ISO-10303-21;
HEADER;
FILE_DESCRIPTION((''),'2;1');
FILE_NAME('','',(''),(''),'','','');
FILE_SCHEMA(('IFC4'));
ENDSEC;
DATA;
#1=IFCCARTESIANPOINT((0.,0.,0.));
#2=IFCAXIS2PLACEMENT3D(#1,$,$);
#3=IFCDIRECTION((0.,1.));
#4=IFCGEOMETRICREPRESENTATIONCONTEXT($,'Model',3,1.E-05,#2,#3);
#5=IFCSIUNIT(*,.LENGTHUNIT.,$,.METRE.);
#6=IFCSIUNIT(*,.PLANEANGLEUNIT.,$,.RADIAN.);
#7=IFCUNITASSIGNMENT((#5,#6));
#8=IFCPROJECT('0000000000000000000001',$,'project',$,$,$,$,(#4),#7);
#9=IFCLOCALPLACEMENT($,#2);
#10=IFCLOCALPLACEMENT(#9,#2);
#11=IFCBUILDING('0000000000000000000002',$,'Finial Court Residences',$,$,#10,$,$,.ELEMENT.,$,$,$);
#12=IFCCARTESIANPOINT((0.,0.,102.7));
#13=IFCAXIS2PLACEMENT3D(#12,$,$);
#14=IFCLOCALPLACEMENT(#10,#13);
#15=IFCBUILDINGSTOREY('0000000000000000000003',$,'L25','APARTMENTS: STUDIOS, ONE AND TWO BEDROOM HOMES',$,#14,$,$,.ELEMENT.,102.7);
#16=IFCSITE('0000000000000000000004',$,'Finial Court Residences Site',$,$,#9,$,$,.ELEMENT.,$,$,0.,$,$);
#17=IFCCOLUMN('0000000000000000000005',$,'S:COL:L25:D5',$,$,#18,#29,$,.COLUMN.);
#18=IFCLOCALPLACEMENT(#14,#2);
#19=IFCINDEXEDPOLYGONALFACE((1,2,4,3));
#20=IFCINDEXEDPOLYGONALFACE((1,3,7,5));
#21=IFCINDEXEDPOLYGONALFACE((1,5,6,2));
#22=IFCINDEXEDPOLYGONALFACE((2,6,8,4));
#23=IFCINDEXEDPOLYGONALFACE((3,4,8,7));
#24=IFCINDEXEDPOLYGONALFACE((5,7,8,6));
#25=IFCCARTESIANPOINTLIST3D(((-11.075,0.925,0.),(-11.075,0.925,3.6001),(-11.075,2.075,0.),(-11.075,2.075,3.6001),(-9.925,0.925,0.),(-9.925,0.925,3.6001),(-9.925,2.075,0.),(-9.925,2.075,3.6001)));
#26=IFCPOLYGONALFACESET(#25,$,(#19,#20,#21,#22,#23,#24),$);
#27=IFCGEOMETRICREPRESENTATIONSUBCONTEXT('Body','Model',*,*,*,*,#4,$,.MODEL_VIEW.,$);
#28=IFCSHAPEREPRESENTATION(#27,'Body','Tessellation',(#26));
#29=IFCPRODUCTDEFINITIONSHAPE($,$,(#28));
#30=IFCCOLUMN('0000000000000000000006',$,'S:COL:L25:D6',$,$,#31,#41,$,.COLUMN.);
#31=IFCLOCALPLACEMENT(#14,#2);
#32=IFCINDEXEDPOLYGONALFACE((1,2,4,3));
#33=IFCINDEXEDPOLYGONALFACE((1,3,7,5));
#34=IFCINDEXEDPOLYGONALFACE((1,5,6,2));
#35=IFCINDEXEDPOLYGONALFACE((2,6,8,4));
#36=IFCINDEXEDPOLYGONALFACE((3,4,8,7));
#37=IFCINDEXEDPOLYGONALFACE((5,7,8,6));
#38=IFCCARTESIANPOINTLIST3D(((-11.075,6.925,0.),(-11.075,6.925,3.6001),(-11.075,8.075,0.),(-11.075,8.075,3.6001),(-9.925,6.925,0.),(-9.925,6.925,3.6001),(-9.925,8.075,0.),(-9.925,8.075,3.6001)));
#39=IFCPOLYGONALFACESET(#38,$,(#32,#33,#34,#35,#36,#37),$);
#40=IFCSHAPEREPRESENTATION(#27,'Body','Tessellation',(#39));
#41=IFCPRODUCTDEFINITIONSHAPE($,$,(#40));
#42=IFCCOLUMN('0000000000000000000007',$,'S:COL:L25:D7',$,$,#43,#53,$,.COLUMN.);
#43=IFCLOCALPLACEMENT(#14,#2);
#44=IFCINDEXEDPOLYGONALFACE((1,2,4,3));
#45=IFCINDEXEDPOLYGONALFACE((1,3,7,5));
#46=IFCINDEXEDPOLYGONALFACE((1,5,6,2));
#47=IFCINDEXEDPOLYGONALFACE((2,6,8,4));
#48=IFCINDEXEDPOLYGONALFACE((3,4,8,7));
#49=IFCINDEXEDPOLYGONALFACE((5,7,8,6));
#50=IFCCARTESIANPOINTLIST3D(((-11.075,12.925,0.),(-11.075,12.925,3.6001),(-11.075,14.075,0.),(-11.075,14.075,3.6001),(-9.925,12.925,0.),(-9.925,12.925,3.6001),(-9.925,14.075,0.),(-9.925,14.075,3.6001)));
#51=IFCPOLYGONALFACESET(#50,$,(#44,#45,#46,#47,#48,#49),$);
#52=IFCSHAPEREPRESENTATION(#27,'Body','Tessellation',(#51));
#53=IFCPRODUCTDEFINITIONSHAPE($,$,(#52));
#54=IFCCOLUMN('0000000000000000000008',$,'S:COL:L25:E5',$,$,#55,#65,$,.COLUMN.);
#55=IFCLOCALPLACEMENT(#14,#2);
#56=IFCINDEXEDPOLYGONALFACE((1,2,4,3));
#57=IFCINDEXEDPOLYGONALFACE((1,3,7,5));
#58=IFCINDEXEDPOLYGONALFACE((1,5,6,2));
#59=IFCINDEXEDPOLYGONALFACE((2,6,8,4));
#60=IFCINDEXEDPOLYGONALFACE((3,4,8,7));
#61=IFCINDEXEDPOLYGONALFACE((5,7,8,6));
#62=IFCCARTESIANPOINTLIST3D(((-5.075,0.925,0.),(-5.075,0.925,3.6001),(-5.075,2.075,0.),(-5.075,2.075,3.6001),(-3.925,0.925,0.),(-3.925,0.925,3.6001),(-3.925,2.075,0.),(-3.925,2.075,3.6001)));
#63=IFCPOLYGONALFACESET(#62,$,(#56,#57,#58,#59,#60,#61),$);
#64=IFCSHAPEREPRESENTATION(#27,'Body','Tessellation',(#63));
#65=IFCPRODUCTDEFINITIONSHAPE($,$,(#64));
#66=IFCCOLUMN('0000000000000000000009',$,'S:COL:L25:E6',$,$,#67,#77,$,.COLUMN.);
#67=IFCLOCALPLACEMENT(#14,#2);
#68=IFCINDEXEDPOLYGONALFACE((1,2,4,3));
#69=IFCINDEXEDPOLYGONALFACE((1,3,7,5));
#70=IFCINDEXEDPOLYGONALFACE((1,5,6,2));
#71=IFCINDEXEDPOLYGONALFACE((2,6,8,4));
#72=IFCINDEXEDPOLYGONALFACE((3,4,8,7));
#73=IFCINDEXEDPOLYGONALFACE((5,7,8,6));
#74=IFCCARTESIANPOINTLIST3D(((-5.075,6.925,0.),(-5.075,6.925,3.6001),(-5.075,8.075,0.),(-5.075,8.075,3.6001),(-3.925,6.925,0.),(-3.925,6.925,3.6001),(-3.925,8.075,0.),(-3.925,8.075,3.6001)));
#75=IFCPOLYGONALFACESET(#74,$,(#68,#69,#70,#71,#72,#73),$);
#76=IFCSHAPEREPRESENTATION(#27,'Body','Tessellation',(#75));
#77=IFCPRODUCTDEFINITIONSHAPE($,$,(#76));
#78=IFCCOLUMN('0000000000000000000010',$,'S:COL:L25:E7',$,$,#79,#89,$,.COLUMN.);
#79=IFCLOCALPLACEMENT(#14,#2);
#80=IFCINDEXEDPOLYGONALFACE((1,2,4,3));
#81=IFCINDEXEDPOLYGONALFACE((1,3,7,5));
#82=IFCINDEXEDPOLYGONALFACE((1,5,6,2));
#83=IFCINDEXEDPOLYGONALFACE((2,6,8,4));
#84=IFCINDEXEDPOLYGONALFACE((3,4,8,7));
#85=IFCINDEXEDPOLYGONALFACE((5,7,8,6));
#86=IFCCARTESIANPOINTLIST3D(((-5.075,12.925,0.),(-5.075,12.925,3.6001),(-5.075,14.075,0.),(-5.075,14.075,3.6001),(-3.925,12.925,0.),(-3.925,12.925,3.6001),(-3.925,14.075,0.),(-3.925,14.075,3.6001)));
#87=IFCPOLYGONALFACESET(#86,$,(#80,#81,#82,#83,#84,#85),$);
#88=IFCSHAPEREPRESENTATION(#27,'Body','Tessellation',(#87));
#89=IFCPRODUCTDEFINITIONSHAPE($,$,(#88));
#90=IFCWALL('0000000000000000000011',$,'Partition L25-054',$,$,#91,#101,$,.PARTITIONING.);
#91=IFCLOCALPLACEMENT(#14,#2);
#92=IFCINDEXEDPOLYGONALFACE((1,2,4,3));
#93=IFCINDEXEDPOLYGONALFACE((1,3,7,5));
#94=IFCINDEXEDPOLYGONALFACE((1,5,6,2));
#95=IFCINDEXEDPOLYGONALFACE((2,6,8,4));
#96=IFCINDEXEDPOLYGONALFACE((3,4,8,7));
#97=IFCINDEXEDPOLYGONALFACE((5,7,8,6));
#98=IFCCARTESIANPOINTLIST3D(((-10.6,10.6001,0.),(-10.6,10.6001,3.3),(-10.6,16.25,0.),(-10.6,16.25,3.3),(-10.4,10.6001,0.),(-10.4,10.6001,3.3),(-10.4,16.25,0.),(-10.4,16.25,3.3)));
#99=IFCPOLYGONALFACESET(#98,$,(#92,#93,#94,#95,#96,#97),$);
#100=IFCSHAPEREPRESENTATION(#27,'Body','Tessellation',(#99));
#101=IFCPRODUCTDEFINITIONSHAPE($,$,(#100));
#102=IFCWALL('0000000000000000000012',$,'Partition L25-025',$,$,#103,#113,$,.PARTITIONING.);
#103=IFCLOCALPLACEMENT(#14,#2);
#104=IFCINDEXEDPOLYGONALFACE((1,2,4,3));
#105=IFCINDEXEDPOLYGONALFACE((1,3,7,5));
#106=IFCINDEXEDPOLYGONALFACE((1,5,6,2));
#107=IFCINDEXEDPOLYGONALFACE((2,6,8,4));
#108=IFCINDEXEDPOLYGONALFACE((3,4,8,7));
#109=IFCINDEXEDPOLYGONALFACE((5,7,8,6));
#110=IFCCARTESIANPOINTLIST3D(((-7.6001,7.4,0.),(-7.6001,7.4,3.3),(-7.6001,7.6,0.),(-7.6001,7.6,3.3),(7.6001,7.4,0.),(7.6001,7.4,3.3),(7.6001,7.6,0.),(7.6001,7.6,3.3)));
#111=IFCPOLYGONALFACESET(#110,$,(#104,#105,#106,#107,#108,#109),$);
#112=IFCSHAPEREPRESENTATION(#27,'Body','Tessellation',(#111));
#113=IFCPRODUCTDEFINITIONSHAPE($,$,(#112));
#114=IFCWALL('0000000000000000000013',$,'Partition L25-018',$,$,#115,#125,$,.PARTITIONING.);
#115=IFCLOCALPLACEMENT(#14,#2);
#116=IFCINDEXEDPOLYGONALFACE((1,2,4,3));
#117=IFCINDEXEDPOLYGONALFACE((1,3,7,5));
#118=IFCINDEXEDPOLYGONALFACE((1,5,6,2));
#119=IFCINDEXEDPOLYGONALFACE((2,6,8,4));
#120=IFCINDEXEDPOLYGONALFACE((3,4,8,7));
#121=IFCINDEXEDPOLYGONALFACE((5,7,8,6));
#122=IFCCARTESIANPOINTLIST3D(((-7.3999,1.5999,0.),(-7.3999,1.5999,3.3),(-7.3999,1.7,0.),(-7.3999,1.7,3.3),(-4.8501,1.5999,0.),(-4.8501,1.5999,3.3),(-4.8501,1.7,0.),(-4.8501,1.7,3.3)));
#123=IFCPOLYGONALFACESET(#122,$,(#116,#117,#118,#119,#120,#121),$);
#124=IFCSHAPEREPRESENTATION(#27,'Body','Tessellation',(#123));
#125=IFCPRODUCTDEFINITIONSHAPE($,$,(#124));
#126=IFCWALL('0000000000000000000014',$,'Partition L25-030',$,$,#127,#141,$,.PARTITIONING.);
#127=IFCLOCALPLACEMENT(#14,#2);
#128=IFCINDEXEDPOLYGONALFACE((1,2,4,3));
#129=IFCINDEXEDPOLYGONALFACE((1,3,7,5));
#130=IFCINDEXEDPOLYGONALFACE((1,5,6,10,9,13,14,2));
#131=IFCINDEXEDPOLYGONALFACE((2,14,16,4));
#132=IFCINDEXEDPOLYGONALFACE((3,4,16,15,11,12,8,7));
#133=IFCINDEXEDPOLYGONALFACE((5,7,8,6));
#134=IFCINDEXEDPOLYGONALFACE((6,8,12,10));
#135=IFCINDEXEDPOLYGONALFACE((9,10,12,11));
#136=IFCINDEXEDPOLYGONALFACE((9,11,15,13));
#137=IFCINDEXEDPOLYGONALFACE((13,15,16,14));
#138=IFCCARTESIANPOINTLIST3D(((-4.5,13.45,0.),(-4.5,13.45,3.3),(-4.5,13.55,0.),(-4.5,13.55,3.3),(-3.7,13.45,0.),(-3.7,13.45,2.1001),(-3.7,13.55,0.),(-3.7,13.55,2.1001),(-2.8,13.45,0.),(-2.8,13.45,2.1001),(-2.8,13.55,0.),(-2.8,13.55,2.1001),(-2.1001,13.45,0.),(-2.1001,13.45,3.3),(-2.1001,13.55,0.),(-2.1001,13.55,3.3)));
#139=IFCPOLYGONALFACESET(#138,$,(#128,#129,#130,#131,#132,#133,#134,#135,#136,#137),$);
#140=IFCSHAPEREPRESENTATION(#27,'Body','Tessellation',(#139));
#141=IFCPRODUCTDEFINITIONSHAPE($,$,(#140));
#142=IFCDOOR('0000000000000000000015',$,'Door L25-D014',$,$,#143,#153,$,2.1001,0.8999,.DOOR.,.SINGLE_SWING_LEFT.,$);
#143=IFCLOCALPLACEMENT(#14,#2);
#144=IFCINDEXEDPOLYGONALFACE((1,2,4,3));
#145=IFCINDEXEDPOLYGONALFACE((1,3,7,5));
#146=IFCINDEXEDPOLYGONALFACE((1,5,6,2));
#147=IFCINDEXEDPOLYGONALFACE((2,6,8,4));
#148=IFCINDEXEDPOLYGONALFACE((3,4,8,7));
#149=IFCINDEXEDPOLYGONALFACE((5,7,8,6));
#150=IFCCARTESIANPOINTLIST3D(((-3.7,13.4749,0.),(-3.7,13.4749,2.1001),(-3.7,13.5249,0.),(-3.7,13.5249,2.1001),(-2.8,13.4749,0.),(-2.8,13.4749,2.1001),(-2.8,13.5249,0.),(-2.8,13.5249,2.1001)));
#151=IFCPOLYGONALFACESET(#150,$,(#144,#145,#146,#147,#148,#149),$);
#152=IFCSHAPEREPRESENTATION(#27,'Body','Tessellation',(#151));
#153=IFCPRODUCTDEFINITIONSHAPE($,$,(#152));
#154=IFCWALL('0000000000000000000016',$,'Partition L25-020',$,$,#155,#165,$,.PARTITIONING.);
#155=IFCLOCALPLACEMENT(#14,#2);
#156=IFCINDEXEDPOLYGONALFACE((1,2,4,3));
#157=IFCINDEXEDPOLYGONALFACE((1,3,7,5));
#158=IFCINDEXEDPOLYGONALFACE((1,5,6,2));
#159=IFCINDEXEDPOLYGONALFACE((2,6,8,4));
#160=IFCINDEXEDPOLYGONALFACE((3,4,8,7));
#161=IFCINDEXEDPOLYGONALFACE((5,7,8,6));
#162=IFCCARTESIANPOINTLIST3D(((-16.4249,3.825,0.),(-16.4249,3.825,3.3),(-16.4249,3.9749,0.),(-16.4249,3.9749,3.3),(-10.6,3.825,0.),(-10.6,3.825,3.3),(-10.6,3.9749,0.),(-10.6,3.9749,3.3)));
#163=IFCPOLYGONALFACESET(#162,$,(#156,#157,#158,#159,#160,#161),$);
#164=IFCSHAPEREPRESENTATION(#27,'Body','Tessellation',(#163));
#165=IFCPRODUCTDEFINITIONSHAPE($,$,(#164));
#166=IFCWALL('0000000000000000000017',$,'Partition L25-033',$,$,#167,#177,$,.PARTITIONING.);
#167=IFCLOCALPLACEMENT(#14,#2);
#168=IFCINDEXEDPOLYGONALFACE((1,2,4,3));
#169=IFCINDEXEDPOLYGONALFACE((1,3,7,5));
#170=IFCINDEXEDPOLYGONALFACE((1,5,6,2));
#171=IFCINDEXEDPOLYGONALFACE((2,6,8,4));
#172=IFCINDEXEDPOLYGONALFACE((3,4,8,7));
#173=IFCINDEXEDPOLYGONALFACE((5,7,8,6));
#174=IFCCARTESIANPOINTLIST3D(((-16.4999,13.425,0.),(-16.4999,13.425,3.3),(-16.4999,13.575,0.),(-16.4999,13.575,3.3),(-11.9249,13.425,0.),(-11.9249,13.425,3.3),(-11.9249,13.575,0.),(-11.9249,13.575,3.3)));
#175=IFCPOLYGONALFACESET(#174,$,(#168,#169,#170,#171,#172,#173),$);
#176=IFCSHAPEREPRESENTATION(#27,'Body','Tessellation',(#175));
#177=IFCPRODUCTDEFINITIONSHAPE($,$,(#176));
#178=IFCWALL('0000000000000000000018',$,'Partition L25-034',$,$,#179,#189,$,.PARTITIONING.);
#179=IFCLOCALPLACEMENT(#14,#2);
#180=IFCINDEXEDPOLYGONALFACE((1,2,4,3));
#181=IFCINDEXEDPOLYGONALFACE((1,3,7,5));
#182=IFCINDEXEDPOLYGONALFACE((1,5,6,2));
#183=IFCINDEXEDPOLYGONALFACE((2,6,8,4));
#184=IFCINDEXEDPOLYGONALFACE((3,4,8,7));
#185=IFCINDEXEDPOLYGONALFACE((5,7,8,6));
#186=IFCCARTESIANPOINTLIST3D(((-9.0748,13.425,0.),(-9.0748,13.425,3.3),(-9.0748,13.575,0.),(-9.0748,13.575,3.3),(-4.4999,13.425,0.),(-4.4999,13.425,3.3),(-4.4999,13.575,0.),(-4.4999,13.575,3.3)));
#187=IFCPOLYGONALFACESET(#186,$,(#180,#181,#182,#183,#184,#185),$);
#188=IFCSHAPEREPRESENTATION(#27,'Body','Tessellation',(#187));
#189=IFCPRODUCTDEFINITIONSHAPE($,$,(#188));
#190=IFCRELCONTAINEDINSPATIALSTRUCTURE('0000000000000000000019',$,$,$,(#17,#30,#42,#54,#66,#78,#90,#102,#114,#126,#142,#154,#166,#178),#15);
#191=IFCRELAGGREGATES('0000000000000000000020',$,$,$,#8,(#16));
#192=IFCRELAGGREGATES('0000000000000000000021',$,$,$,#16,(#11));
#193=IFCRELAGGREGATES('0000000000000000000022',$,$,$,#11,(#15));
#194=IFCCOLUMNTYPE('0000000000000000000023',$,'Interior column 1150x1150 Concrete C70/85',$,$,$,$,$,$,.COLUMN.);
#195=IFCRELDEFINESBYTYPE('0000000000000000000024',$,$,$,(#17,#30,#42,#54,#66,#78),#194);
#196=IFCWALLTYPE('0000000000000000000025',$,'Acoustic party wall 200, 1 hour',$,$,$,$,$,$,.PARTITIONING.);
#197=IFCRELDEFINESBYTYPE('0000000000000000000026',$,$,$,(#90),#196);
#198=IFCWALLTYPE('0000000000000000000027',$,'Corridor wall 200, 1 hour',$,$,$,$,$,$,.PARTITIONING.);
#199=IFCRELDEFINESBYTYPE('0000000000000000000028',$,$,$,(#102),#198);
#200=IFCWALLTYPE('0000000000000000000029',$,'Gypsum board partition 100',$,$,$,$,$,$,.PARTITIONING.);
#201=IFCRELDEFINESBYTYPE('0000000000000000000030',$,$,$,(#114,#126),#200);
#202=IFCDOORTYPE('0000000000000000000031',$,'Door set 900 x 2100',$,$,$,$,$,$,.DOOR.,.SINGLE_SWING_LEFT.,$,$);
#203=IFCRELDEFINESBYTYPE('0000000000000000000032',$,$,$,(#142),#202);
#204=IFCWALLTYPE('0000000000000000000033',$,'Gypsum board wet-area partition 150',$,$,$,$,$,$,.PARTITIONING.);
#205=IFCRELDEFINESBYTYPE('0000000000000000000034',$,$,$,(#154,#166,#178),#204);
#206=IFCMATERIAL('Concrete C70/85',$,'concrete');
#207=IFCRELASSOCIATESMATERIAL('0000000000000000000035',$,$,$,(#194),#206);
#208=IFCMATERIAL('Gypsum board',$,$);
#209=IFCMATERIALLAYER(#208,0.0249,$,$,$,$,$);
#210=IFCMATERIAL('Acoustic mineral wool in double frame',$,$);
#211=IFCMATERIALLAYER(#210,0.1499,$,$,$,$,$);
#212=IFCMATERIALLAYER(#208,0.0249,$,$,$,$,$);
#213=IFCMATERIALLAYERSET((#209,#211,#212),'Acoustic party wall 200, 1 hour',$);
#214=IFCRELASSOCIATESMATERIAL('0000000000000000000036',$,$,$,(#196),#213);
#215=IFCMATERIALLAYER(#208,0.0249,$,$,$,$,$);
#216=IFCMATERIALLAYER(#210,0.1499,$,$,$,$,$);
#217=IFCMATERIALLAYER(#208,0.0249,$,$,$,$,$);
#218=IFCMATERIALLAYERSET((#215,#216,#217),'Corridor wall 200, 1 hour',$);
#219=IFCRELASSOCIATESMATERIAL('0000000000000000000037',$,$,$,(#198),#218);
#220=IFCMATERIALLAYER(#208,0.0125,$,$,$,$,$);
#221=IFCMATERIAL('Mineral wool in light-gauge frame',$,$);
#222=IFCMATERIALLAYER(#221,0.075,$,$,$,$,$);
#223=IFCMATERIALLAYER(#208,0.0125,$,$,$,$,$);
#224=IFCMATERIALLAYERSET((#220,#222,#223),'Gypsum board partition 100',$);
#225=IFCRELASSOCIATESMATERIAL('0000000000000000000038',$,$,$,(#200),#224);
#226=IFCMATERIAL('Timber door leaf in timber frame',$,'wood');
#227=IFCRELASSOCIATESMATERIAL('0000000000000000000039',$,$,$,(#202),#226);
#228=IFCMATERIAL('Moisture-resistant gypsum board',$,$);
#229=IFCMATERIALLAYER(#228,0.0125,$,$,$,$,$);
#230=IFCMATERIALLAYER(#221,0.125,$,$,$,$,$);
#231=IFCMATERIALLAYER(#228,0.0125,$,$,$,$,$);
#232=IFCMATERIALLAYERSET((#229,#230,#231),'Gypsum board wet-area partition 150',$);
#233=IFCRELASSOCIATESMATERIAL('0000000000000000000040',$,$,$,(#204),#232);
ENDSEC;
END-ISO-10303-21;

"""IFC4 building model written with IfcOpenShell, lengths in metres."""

from ifc_helpers import new_model, si_unit, direction, frame, frame_2d, origin, origin_2d, place, context, subcontext, project, spatial, rectangle, extrude, material, layer, layer_set, material_profile, profile_set, type_object, element, fill, save


model = new_model("IFC4")

# Units and contexts
model_context = context("Model", 3, precision=1e-05, world=origin(), true_north=direction((0.0, 1.0)))
body_context = subcontext(model_context, "Body", "Model", "MODEL_VIEW")
ifc_project = project(units=[si_unit("LENGTHUNIT", "METRE"), si_unit("PLANEANGLEUNIT", "RADIAN")], contexts=[model_context])

# Site, building, storey
site_placement = place(None, origin())
site = spatial("IfcSite", under=ifc_project, at=site_placement, Name="Finial Court Residences Site", CompositionType="ELEMENT", RefElevation=0.0)
building_placement = place(site_placement, origin())
building = spatial("IfcBuilding", under=site, at=building_placement, Name="Finial Court Residences", CompositionType="ELEMENT")
storey_placement = place(building_placement, frame((0.0, 0.0, 102.7)))
storey = spatial("IfcBuildingStorey", under=building, at=storey_placement, Name="L25", Description="APARTMENTS: STUDIOS, ONE AND TWO BEDROOM HOMES", CompositionType="ELEMENT", Elevation=102.7)

# Columns
ifc_material_1 = material(Name="Concrete C70/85", Category="concrete")
ifc_material_profile = material_profile(ifc_material_1, rectangle(XDim=1.1499, YDim=1.1499, at=origin_2d()), Name="1150x1150")
ifc_profile_set = profile_set([ifc_material_profile], Name="Concrete C70/85")
column_type = type_object("IfcColumnType", Name="Interior column 1150x1150 Concrete C70/85", PredefinedType="COLUMN", material=ifc_profile_set)
for number, where, z_axis, x_axis, name in (
    (1, (-10.5, 1.5, 0.0), (0.0, 0.0, 1.0), (1.0, 0.0, 0.0), "S:COL:L25:D5"),
    (2, (-10.5, 7.5, 0.0), (0.0, 0.0, 1.0), (1.0, 0.0, 0.0), "S:COL:L25:D6"),
    (3, (-10.5, 13.5, 0.0), (0.0, 0.0, 1.0), (1.0, 0.0, 0.0), "S:COL:L25:D7"),
    (4, (-4.5, 1.5, 0.0), (0.0, 0.0, 1.0), (1.0, 0.0, 0.0), "S:COL:L25:E5"),
    (5, (-4.5, 7.5, 0.0), (0.0, 0.0, 1.0), (1.0, 0.0, 0.0), "S:COL:L25:E6"),
    (6, (-4.5, 13.5, 0.0), (0.0, 0.0, 1.0), (1.0, 0.0, 0.0), "S:COL:L25:E7"),
):
    element("IfcColumn", number, at=place(storey_placement, frame(where, z_axis=z_axis, x_axis=x_axis)), inside=storey, type_object=column_type, Name=name, PredefinedType="COLUMN", context=body_context, shape_type="SweptSolid", body=[
        extrude(rectangle(XDim=1.1499, YDim=1.1499, at=origin_2d()), origin(), (0.0, 0.0, 1.0), 3.6001),
    ])

# Walls
ifc_material_2 = material(Name="Gypsum board")
ifc_layer_1 = layer(ifc_material_2, 0.0249)
ifc_material_3 = material(Name="Acoustic mineral wool in double frame")
ifc_layer_2 = layer(ifc_material_3, 0.1499)
ifc_layer_3 = layer(ifc_material_2, 0.0249)
ifc_layer_set_1 = layer_set([ifc_layer_1, ifc_layer_2, ifc_layer_3], Name="Acoustic party wall 200, 1 hour")
wall_type_1 = type_object("IfcWallType", Name="Acoustic party wall 200, 1 hour", PredefinedType="PARTITIONING", material=ifc_layer_set_1)
wall_1_placement = place(storey_placement, frame((-10.5, 10.6001, 0.0), z_axis=(0.0, 0.0, 1.0), x_axis=(0.0, 1.0, 0.0)))
element("IfcWall", 7, at=wall_1_placement, inside=storey, type_object=wall_type_1, Name="Partition L25-054", PredefinedType="PARTITIONING", context=body_context, shape_type="SweptSolid", body=[
    extrude(rectangle(XDim=5.6499, YDim=0.2, at=frame_2d((2.825, 0.0))), origin(), (0.0, 0.0, 1.0), 3.3),
])
ifc_layer_4 = layer(ifc_material_2, 0.0249)
ifc_layer_5 = layer(ifc_material_3, 0.1499)
ifc_layer_6 = layer(ifc_material_2, 0.0249)
ifc_layer_set_2 = layer_set([ifc_layer_4, ifc_layer_5, ifc_layer_6], Name="Corridor wall 200, 1 hour")
wall_type_2 = type_object("IfcWallType", Name="Corridor wall 200, 1 hour", PredefinedType="PARTITIONING", material=ifc_layer_set_2)
wall_2_placement = place(storey_placement, frame((-7.6001, 7.5, 0.0), z_axis=(0.0, 0.0, 1.0), x_axis=(1.0, 0.0, 0.0)))
element("IfcWall", 8, at=wall_2_placement, inside=storey, type_object=wall_type_2, Name="Partition L25-025", PredefinedType="PARTITIONING", context=body_context, shape_type="SweptSolid", body=[
    extrude(rectangle(XDim=15.2002, YDim=0.2, at=frame_2d((7.6001, 0.0))), origin(), (0.0, 0.0, 1.0), 3.3),
])
ifc_layer_7 = layer(ifc_material_2, 0.0125)
ifc_material_4 = material(Name="Mineral wool in light-gauge frame")
ifc_layer_8 = layer(ifc_material_4, 0.075)
ifc_layer_9 = layer(ifc_material_2, 0.0125)
ifc_layer_set_3 = layer_set([ifc_layer_7, ifc_layer_8, ifc_layer_9], Name="Gypsum board partition 100")
wall_type_3 = type_object("IfcWallType", Name="Gypsum board partition 100", PredefinedType="PARTITIONING", material=ifc_layer_set_3)
wall_3_placement = place(storey_placement, frame((-7.3999, 1.6499, 0.0), z_axis=(0.0, 0.0, 1.0), x_axis=(1.0, 0.0, 0.0)))
element("IfcWall", 9, at=wall_3_placement, inside=storey, type_object=wall_type_3, Name="Partition L25-018", PredefinedType="PARTITIONING", context=body_context, shape_type="SweptSolid", body=[
    extrude(rectangle(XDim=2.5498, YDim=0.1001, at=frame_2d((1.2749, 0.0))), origin(), (0.0, 0.0, 1.0), 3.3),
])

# Wall, opening, door
wall_4_placement = place(storey_placement, frame((-4.5, 13.5, 0.0), z_axis=(0.0, 0.0, 1.0), x_axis=(1.0, 0.0, 0.0)))
wall_4 = element("IfcWall", 10, at=wall_4_placement, inside=storey, type_object=wall_type_3, Name="Partition L25-030", PredefinedType="PARTITIONING", context=body_context, shape_type="SweptSolid", body=[
    extrude(rectangle(XDim=2.3999, YDim=0.1001, at=frame_2d((1.2, 0.0))), origin(), (0.0, 0.0, 1.0), 3.3),
])
opening_1_placement = place(wall_4_placement, frame((0.8, 0.0, 0.0)))
opening_1 = element("IfcOpeningElement", 11, at=opening_1_placement, cuts=wall_4, PredefinedType="OPENING", context=body_context, shape_type="SweptSolid", body=[
    extrude(rectangle(XDim=0.8999, YDim=2.1001, at=frame_2d((0.45, 1.05))), frame((0.0, 0.0601, 0.0), z_axis=(0.0, -1.0, 0.0), x_axis=(1.0, 0.0, 0.0)), (0.0, 0.0, 1.0), 0.1201),
])
ifc_material_5 = material(Name="Timber door leaf in timber frame", Category="wood")
door_type = type_object("IfcDoorType", Name="Door set 900 x 2100", OperationType="SINGLE_SWING_LEFT", PredefinedType="DOOR", material=ifc_material_5)
door_1_placement = place(opening_1_placement, origin())
door_1 = element("IfcDoor", 12, at=door_1_placement, inside=storey, type_object=door_type, Name="Door L25-D014", OperationType="SINGLE_SWING_LEFT", OverallHeight=2.1001, OverallWidth=0.8999, PredefinedType="DOOR", context=body_context, shape_type="SweptSolid", body=[
    extrude(rectangle(XDim=0.8999, YDim=2.1001, at=frame_2d((0.45, 1.05))), frame((0.0, 0.0249, 0.0), z_axis=(0.0, -1.0, 0.0), x_axis=(1.0, 0.0, 0.0)), (0.0, 0.0, 1.0), 0.05),
])
fill(opening_1, door_1)

# Walls
ifc_material_6 = material(Name="Moisture-resistant gypsum board")
ifc_layer_10 = layer(ifc_material_6, 0.0125)
ifc_layer_11 = layer(ifc_material_4, 0.125)
ifc_layer_12 = layer(ifc_material_6, 0.0125)
ifc_layer_set_4 = layer_set([ifc_layer_10, ifc_layer_11, ifc_layer_12], Name="Gypsum board wet-area partition 150")
wall_type_4 = type_object("IfcWallType", Name="Gypsum board wet-area partition 150", PredefinedType="PARTITIONING", material=ifc_layer_set_4)
wall_5_placement = place(storey_placement, frame((-16.425, 3.8999, 0.0), z_axis=(0.0, 0.0, 1.0), x_axis=(1.0, 0.0, 0.0)))
element("IfcWall", 13, at=wall_5_placement, inside=storey, type_object=wall_type_4, Name="Partition L25-020", PredefinedType="PARTITIONING", context=body_context, shape_type="SweptSolid", body=[
    extrude(rectangle(XDim=5.825, YDim=0.1499, at=frame_2d((2.9126, 0.0))), origin(), (0.0, 0.0, 1.0), 3.3),
])
for number, where, z_axis, x_axis, name in (
    (14, (-16.5, 13.5, 0.0), (0.0, 0.0, 1.0), (1.0, 0.0, 0.0), "Partition L25-033"),
    (15, (-9.075, 13.5, 0.0), (0.0, 0.0, 1.0), (1.0, 0.0, 0.0), "Partition L25-034"),
):
    element("IfcWall", number, at=place(storey_placement, frame(where, z_axis=z_axis, x_axis=x_axis)), inside=storey, type_object=wall_type_4, Name=name, PredefinedType="PARTITIONING", context=body_context, shape_type="SweptSolid", body=[
        extrude(rectangle(XDim=4.575, YDim=0.1499, at=frame_2d((2.2876, 0.0))), origin(), (0.0, 0.0, 1.0), 3.3),
    ])

save(model, "model.ifc")
